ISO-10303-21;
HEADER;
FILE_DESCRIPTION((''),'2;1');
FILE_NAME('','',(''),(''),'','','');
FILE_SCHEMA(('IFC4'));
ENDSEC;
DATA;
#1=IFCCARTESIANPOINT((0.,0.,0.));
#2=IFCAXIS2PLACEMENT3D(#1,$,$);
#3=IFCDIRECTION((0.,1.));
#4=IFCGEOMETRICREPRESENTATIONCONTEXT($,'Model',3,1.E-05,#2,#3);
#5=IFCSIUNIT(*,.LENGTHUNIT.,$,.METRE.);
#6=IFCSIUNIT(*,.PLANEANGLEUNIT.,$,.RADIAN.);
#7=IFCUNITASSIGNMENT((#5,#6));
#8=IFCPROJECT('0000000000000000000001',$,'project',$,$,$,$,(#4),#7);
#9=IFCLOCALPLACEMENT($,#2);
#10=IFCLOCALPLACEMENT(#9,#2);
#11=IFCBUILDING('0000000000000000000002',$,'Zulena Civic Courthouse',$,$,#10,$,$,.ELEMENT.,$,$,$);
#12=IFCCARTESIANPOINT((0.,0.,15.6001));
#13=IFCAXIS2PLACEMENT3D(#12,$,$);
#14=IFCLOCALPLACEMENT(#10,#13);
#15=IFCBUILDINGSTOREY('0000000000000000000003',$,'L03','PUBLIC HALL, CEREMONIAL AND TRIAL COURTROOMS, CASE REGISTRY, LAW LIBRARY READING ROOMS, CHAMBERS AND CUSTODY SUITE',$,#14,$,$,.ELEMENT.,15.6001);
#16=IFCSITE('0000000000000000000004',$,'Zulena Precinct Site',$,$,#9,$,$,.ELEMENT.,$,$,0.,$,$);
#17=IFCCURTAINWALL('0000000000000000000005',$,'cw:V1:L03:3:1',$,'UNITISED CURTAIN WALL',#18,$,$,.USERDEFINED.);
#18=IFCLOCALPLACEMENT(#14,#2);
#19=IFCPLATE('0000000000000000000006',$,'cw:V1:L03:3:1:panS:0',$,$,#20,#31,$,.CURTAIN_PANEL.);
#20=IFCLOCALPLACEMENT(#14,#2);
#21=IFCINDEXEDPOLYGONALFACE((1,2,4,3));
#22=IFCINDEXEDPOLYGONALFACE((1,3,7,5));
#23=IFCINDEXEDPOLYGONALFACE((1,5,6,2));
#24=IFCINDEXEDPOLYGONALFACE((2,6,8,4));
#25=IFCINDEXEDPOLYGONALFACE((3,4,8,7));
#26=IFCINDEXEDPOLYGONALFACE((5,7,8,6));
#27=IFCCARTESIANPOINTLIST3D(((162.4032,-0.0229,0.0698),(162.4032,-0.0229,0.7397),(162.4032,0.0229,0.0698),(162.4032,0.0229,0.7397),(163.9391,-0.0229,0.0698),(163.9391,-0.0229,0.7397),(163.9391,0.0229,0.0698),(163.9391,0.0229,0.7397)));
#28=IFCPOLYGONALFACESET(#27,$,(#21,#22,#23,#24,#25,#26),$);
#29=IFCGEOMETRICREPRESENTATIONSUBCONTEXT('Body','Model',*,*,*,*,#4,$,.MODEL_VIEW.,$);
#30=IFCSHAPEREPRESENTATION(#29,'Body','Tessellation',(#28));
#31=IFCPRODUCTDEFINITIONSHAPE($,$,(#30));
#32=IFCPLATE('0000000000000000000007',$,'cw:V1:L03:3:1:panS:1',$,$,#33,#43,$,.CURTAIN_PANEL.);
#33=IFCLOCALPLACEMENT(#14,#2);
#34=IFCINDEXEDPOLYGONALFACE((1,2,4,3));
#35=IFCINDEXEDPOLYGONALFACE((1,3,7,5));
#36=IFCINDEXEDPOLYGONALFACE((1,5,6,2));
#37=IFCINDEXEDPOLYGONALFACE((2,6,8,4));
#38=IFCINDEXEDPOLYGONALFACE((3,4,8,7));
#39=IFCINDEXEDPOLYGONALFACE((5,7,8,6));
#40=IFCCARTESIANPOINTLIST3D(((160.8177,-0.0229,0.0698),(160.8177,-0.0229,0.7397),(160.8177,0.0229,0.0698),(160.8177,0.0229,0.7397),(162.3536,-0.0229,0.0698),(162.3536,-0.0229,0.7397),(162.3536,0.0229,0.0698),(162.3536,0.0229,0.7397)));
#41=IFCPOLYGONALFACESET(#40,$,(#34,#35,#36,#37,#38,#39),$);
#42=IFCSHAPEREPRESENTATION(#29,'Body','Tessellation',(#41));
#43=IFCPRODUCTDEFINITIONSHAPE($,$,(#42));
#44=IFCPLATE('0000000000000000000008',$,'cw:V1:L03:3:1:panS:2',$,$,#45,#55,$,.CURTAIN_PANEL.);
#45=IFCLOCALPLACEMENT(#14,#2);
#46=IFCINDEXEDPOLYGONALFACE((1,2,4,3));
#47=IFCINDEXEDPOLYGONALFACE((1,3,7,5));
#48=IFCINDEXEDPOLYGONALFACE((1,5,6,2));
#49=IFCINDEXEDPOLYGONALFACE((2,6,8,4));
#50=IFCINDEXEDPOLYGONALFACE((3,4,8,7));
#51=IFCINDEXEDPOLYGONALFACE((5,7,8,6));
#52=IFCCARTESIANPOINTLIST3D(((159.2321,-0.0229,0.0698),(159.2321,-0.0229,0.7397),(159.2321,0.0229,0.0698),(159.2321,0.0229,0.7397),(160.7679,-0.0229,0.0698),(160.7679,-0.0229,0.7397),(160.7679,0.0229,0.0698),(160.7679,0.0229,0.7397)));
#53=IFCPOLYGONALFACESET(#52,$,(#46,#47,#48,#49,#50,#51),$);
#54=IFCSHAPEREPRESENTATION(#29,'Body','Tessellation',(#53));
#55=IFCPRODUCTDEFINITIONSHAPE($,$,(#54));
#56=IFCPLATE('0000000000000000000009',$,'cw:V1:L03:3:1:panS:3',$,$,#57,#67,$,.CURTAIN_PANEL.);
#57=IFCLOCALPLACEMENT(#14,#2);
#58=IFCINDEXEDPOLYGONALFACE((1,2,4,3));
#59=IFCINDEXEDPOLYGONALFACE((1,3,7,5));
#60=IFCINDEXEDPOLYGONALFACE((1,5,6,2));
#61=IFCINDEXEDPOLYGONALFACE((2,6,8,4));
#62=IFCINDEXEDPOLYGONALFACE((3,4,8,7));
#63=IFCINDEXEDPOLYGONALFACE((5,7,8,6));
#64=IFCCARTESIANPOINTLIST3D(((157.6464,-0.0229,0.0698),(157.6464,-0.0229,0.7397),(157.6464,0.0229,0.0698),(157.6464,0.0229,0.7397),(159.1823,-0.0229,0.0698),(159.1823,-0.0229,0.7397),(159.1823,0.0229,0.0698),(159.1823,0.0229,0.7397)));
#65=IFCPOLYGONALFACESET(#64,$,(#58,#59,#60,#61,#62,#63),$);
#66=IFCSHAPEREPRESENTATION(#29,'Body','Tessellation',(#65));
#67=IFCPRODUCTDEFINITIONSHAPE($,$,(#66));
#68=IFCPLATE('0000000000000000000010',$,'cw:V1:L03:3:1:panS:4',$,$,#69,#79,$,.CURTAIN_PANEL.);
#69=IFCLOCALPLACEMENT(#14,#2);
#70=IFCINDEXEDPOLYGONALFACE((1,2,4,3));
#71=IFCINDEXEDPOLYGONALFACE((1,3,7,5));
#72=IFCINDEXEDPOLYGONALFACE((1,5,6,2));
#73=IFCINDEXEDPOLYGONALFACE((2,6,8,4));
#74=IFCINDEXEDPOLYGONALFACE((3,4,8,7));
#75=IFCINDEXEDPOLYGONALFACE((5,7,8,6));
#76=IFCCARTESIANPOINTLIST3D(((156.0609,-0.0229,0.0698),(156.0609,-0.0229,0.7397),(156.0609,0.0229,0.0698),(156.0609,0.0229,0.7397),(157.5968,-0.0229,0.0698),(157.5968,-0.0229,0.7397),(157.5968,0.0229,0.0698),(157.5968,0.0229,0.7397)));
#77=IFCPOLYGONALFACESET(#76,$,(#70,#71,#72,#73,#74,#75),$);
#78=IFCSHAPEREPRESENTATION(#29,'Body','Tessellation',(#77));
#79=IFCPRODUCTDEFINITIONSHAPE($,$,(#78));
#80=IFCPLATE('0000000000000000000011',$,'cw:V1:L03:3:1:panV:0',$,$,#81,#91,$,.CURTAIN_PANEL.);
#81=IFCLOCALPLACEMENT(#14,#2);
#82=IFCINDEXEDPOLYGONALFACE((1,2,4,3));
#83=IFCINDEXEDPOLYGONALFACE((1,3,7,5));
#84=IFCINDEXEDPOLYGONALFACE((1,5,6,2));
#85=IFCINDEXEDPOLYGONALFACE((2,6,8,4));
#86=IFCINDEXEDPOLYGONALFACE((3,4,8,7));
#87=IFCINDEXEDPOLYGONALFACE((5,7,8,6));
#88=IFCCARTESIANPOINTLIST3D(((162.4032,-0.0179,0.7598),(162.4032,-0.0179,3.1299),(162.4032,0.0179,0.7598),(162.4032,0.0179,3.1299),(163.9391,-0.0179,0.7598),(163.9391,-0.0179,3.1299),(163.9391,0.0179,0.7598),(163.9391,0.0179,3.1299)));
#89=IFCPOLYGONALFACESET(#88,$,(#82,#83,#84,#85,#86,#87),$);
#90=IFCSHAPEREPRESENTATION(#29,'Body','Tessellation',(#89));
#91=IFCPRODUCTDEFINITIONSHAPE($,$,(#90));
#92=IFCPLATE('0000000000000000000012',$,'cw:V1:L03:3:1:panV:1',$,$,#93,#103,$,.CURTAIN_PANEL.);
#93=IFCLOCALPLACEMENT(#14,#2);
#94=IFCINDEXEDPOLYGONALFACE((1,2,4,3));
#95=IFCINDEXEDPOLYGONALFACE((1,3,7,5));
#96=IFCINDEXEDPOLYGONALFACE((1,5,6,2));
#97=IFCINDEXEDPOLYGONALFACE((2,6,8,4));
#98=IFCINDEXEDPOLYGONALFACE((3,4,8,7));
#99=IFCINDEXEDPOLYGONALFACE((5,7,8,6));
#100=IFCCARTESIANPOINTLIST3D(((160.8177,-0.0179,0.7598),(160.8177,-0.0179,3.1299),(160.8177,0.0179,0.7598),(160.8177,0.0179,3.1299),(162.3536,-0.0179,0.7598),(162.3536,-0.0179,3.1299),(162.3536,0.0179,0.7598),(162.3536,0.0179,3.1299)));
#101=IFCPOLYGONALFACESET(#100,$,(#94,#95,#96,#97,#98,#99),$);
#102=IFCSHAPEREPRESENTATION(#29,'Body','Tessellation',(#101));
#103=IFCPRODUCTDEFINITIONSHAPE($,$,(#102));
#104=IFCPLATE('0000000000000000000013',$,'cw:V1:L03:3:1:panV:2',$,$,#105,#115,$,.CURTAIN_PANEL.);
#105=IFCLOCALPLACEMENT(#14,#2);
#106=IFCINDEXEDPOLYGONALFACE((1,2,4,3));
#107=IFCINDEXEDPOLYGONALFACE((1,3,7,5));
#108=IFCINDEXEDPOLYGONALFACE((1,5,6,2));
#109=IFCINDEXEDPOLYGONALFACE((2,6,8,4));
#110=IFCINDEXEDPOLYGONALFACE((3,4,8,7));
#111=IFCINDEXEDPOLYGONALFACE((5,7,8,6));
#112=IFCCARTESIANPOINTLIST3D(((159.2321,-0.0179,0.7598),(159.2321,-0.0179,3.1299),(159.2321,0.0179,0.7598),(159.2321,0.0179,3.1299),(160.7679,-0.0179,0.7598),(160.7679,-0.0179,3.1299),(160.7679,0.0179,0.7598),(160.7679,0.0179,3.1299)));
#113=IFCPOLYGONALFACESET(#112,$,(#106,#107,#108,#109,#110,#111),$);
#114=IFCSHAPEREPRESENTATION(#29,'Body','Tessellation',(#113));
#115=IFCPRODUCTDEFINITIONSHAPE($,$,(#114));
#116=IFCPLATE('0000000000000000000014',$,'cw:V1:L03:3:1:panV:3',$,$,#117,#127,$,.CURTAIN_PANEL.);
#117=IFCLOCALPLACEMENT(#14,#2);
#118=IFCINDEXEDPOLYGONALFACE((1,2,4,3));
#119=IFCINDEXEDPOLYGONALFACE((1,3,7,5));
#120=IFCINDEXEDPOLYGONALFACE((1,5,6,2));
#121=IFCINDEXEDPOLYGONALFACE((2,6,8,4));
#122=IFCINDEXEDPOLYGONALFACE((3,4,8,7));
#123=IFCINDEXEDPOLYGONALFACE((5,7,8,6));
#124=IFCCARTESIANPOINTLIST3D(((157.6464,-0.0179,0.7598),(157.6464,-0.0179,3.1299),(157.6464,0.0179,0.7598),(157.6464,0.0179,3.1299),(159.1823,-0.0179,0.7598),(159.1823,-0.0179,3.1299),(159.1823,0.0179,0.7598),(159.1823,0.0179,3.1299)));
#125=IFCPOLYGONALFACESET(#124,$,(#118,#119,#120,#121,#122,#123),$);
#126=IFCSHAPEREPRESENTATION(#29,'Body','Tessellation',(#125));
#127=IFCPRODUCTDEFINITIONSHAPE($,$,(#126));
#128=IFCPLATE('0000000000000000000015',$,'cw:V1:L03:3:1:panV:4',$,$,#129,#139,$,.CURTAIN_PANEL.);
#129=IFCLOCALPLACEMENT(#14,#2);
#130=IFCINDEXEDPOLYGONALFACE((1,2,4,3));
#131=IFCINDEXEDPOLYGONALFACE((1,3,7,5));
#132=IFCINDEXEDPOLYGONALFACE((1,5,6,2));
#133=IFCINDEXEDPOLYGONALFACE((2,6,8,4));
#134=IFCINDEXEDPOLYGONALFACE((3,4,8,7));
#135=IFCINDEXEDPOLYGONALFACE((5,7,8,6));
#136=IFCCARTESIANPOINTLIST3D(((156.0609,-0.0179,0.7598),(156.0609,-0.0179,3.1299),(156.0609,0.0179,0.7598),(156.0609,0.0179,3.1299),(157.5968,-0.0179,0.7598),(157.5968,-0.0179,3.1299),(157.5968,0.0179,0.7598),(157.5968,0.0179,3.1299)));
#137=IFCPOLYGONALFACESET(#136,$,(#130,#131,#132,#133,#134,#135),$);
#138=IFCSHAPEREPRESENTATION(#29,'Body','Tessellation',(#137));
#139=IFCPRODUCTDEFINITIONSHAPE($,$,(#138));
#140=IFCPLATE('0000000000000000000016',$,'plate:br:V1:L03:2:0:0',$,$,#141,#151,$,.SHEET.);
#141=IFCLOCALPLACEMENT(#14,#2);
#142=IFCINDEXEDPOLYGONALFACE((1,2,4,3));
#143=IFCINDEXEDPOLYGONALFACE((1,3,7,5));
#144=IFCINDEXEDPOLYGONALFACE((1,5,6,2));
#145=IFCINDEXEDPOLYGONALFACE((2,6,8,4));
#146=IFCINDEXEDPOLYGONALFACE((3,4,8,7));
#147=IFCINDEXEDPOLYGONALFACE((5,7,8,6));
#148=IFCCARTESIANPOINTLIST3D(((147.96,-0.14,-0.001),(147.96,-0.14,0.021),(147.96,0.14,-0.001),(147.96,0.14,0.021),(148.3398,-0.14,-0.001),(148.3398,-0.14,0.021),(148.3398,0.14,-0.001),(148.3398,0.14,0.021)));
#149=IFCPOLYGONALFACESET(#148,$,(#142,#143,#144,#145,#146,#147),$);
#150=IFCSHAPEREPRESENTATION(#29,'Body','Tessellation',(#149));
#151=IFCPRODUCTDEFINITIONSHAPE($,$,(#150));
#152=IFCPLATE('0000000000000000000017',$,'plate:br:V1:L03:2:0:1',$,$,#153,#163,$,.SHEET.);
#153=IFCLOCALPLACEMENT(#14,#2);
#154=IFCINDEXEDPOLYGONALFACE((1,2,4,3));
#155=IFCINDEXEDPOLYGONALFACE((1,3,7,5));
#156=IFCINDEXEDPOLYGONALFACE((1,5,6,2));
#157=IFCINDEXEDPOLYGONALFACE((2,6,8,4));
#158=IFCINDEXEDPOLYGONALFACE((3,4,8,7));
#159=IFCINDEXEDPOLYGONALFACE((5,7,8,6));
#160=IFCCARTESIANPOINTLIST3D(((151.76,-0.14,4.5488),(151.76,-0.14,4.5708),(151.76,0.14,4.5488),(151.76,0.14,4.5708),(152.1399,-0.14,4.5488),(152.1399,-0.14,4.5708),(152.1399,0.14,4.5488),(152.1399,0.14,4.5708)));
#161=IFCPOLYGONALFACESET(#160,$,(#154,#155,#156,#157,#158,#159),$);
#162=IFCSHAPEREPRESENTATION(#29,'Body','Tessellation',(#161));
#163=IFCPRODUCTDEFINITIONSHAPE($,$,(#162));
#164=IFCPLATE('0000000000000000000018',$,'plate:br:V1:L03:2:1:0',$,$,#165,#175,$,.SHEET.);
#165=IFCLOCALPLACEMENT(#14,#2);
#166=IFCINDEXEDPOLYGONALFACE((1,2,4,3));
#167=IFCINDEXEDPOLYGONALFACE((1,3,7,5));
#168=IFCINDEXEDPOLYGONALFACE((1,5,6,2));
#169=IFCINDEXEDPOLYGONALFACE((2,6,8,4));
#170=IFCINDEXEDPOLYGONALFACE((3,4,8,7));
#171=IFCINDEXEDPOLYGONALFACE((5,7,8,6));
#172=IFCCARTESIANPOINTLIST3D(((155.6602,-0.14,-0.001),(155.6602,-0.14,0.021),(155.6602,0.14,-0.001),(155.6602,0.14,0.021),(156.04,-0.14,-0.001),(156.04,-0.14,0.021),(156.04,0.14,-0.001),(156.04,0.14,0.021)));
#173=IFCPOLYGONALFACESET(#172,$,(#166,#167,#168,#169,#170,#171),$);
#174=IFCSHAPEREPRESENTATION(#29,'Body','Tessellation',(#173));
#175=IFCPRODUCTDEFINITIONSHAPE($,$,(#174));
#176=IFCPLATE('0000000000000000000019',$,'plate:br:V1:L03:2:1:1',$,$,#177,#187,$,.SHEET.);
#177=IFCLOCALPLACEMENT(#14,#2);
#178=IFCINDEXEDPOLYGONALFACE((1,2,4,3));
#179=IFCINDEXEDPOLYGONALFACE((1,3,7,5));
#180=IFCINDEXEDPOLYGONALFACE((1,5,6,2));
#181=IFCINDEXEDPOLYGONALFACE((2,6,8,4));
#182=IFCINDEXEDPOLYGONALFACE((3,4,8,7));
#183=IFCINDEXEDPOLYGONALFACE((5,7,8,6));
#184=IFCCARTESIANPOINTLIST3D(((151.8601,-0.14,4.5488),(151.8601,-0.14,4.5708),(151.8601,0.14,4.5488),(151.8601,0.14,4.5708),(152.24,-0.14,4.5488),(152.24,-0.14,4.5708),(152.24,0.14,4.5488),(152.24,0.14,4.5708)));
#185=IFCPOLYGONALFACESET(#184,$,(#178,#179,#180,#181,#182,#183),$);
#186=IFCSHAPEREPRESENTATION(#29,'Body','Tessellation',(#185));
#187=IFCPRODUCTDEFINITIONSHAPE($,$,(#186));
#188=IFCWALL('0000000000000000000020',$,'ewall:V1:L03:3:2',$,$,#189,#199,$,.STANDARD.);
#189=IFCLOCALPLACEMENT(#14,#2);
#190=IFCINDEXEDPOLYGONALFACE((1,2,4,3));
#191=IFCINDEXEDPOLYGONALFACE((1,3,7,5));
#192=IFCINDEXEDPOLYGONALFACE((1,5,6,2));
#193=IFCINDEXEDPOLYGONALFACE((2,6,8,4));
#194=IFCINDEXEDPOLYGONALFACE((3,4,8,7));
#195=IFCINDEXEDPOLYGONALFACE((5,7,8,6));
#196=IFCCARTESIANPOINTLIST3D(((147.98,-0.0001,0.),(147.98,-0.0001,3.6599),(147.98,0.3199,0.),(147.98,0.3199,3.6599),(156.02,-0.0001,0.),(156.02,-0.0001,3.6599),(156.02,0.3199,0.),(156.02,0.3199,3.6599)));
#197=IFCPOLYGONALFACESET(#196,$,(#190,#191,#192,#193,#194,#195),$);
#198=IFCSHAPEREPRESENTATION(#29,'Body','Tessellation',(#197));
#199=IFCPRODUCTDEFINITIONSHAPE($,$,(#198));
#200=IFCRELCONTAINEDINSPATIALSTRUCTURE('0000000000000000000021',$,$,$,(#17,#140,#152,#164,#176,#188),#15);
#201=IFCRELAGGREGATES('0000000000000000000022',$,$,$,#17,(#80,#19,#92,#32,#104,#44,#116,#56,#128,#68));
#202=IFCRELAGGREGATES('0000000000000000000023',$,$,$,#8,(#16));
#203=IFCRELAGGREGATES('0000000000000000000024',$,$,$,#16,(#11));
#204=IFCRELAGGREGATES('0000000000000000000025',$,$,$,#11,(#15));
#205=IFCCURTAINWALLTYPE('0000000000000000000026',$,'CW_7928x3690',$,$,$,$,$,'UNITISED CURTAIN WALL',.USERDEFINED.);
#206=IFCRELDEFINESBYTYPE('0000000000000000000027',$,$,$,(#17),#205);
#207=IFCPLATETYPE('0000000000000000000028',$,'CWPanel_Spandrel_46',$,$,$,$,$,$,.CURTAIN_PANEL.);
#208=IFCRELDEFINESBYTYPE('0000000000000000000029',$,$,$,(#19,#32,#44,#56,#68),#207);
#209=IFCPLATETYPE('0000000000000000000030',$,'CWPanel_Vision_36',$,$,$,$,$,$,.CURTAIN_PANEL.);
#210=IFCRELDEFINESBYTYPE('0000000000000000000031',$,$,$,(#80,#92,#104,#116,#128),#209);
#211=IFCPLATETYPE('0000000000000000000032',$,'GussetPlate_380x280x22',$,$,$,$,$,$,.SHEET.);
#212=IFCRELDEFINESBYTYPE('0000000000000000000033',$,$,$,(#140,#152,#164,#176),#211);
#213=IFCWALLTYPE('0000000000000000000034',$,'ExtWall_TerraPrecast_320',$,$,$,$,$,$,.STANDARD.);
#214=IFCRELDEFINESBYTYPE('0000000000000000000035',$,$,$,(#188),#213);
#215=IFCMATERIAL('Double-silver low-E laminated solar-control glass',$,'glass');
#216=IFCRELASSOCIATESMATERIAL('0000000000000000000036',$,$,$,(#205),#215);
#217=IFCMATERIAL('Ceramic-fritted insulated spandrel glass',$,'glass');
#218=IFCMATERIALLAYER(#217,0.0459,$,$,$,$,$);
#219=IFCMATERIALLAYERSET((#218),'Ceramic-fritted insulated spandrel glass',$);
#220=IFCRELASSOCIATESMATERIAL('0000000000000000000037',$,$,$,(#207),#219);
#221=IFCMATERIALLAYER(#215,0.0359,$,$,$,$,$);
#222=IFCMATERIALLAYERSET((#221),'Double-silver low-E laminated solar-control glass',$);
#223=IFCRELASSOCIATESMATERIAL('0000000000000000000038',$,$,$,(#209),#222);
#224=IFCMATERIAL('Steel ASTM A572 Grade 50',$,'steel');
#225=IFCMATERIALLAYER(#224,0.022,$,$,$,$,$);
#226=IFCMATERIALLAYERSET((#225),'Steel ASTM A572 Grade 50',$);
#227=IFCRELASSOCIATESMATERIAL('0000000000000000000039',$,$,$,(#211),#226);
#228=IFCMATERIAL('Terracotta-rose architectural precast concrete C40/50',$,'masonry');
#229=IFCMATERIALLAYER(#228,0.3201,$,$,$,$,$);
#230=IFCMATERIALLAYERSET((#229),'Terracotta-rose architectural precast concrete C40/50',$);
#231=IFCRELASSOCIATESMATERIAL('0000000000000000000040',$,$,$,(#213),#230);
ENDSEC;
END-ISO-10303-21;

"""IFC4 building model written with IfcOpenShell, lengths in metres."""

from ifc_helpers import new_model, si_unit, direction, frame, frame_2d, origin, origin_2d, place, context, subcontext, project, spatial, rectangle, extrude, material, layer, layer_set, type_object, element, aggregate, save


model = new_model("IFC4")

# Units and contexts
model_context = context("Model", 3, precision=1e-05, world=origin(), true_north=direction((0.0, 1.0)))
body_context = subcontext(model_context, "Body", "Model", "MODEL_VIEW")
ifc_project = project(units=[si_unit("LENGTHUNIT", "METRE"), si_unit("PLANEANGLEUNIT", "RADIAN")], contexts=[model_context])

# Site, building, storey
site_placement = place(None, origin())
site = spatial("IfcSite", under=ifc_project, at=site_placement, Name="Zulena Precinct Site", CompositionType="ELEMENT", RefElevation=0.0)
building_placement = place(site_placement, origin())
building = spatial("IfcBuilding", under=site, at=building_placement, Name="Zulena Civic Courthouse", CompositionType="ELEMENT")
storey_placement = place(building_placement, frame((0.0, 0.0, 15.6001)))
storey = spatial("IfcBuildingStorey", under=building, at=storey_placement, Name="L03", Description="PUBLIC HALL, CEREMONIAL AND TRIAL COURTROOMS, CASE REGISTRY, LAW LIBRARY READING ROOMS, CHAMBERS AND CUSTODY SUITE", CompositionType="ELEMENT", Elevation=15.6001)

# Curtain wall
ifc_material_1 = material(Name="Double-silver low-E laminated solar-control glass", Category="glass")
curtain_wall_type = type_object("IfcCurtainWallType", Name="CW_7928x3690", ElementType="UNITISED CURTAIN WALL", PredefinedType="USERDEFINED", material=ifc_material_1)
curtain_wall_placement = place(storey_placement, origin())
curtain_wall = element("IfcCurtainWall", 1, at=curtain_wall_placement, inside=storey, type_object=curtain_wall_type, Name="cw:V1:L03:3:1", ObjectType="UNITISED CURTAIN WALL", PredefinedType="USERDEFINED")

# Plates
ifc_material_2 = material(Name="Ceramic-fritted insulated spandrel glass", Category="glass")
ifc_layer_1 = layer(ifc_material_2, 0.0459)
ifc_layer_set_1 = layer_set([ifc_layer_1], Name="Ceramic-fritted insulated spandrel glass")
plate_type_1 = type_object("IfcPlateType", Name="CWPanel_Spandrel_46", PredefinedType="CURTAIN_PANEL", material=ifc_layer_set_1)
plate_1_placement = place(storey_placement, frame((163.1711, 0.0, 0.0698), z_axis=(0.0, 0.0, 1.0), x_axis=(-1.0, 0.0, 0.0)))
plate_1 = element("IfcPlate", 2, at=plate_1_placement, type_object=plate_type_1, Name="cw:V1:L03:3:1:panS:0", PredefinedType="CURTAIN_PANEL", context=body_context, shape_type="SweptSolid", body=[
    extrude(rectangle(XDim=1.5359, YDim=0.0459, at=origin_2d()), origin(), (0.0, 0.0, 1.0), 0.6699),
])
plate_2_placement = place(storey_placement, frame((161.5857, 0.0, 0.0698), z_axis=(0.0, 0.0, 1.0), x_axis=(-1.0, 0.0, 0.0)))
plate_2 = element("IfcPlate", 3, at=plate_2_placement, type_object=plate_type_1, Name="cw:V1:L03:3:1:panS:1", PredefinedType="CURTAIN_PANEL", context=body_context, shape_type="SweptSolid", body=[
    extrude(rectangle(XDim=1.5359, YDim=0.0459, at=origin_2d()), origin(), (0.0, 0.0, 1.0), 0.6699),
])
plate_3_placement = place(storey_placement, frame((160.0, 0.0, 0.0698), z_axis=(0.0, 0.0, 1.0), x_axis=(-1.0, 0.0, 0.0)))
plate_3 = element("IfcPlate", 4, at=plate_3_placement, type_object=plate_type_1, Name="cw:V1:L03:3:1:panS:2", PredefinedType="CURTAIN_PANEL", context=body_context, shape_type="SweptSolid", body=[
    extrude(rectangle(XDim=1.5359, YDim=0.0459, at=origin_2d()), origin(), (0.0, 0.0, 1.0), 0.6699),
])
plate_4_placement = place(storey_placement, frame((158.4143, 0.0, 0.0698), z_axis=(0.0, 0.0, 1.0), x_axis=(-1.0, 0.0, 0.0)))
plate_4 = element("IfcPlate", 5, at=plate_4_placement, type_object=plate_type_1, Name="cw:V1:L03:3:1:panS:3", PredefinedType="CURTAIN_PANEL", context=body_context, shape_type="SweptSolid", body=[
    extrude(rectangle(XDim=1.5359, YDim=0.0459, at=origin_2d()), origin(), (0.0, 0.0, 1.0), 0.6699),
])
plate_5_placement = place(storey_placement, frame((156.8289, 0.0, 0.0698), z_axis=(0.0, 0.0, 1.0), x_axis=(-1.0, 0.0, 0.0)))
plate_5 = element("IfcPlate", 6, at=plate_5_placement, type_object=plate_type_1, Name="cw:V1:L03:3:1:panS:4", PredefinedType="CURTAIN_PANEL", context=body_context, shape_type="SweptSolid", body=[
    extrude(rectangle(XDim=1.5359, YDim=0.0459, at=origin_2d()), origin(), (0.0, 0.0, 1.0), 0.6699),
])
ifc_layer_2 = layer(ifc_material_1, 0.0359)
ifc_layer_set_2 = layer_set([ifc_layer_2], Name="Double-silver low-E laminated solar-control glass")
plate_type_2 = type_object("IfcPlateType", Name="CWPanel_Vision_36", PredefinedType="CURTAIN_PANEL", material=ifc_layer_set_2)
plate_6_placement = place(storey_placement, frame((163.1711, 0.0, 0.7598), z_axis=(0.0, 0.0, 1.0), x_axis=(-1.0, 0.0, 0.0)))
plate_6 = element("IfcPlate", 7, at=plate_6_placement, type_object=plate_type_2, Name="cw:V1:L03:3:1:panV:0", PredefinedType="CURTAIN_PANEL", context=body_context, shape_type="SweptSolid", body=[
    extrude(rectangle(XDim=1.5359, YDim=0.0359, at=origin_2d()), origin(), (0.0, 0.0, 1.0), 2.3701),
])
plate_7_placement = place(storey_placement, frame((161.5857, 0.0, 0.7598), z_axis=(0.0, 0.0, 1.0), x_axis=(-1.0, 0.0, 0.0)))
plate_7 = element("IfcPlate", 8, at=plate_7_placement, type_object=plate_type_2, Name="cw:V1:L03:3:1:panV:1", PredefinedType="CURTAIN_PANEL", context=body_context, shape_type="SweptSolid", body=[
    extrude(rectangle(XDim=1.5359, YDim=0.0359, at=origin_2d()), origin(), (0.0, 0.0, 1.0), 2.3701),
])
plate_8_placement = place(storey_placement, frame((160.0, 0.0, 0.7598), z_axis=(0.0, 0.0, 1.0), x_axis=(-1.0, 0.0, 0.0)))
plate_8 = element("IfcPlate", 9, at=plate_8_placement, type_object=plate_type_2, Name="cw:V1:L03:3:1:panV:2", PredefinedType="CURTAIN_PANEL", context=body_context, shape_type="SweptSolid", body=[
    extrude(rectangle(XDim=1.5359, YDim=0.0359, at=origin_2d()), origin(), (0.0, 0.0, 1.0), 2.3701),
])
plate_9_placement = place(storey_placement, frame((158.4143, 0.0, 0.7598), z_axis=(0.0, 0.0, 1.0), x_axis=(-1.0, 0.0, 0.0)))
plate_9 = element("IfcPlate", 10, at=plate_9_placement, type_object=plate_type_2, Name="cw:V1:L03:3:1:panV:3", PredefinedType="CURTAIN_PANEL", context=body_context, shape_type="SweptSolid", body=[
    extrude(rectangle(XDim=1.5359, YDim=0.0359, at=origin_2d()), origin(), (0.0, 0.0, 1.0), 2.3701),
])
plate_10_placement = place(storey_placement, frame((156.8289, 0.0, 0.7598), z_axis=(0.0, 0.0, 1.0), x_axis=(-1.0, 0.0, 0.0)))
plate_10 = element("IfcPlate", 11, at=plate_10_placement, type_object=plate_type_2, Name="cw:V1:L03:3:1:panV:4", PredefinedType="CURTAIN_PANEL", context=body_context, shape_type="SweptSolid", body=[
    extrude(rectangle(XDim=1.5359, YDim=0.0359, at=origin_2d()), origin(), (0.0, 0.0, 1.0), 2.3701),
])
aggregate(curtain_wall, [plate_6, plate_1, plate_7, plate_2, plate_8, plate_3, plate_9, plate_4, plate_10, plate_5])

# Plates
ifc_material_3 = material(Name="Steel ASTM A572 Grade 50", Category="steel")
ifc_layer_3 = layer(ifc_material_3, 0.022)
ifc_layer_set_3 = layer_set([ifc_layer_3], Name="Steel ASTM A572 Grade 50")
plate_type_3 = type_object("IfcPlateType", Name="GussetPlate_380x280x22", PredefinedType="SHEET", material=ifc_layer_set_3)
for number, where, z_axis, x_axis, name in (
    (12, (148.1499, 0.0, -0.001), (0.0, 0.0, 1.0), (1.0, 0.0, 0.0), "plate:br:V1:L03:2:0:0"),
    (13, (151.95, 0.0, 4.5488), (0.0, 0.0, 1.0), (1.0, 0.0, 0.0), "plate:br:V1:L03:2:0:1"),
    (14, (155.8501, 0.0, -0.001), (0.0, 0.0, 1.0), (1.0, 0.0, 0.0), "plate:br:V1:L03:2:1:0"),
    (15, (152.05, 0.0, 4.5488), (0.0, 0.0, 1.0), (1.0, 0.0, 0.0), "plate:br:V1:L03:2:1:1"),
):
    element("IfcPlate", number, at=place(storey_placement, frame(where, z_axis=z_axis, x_axis=x_axis)), inside=storey, type_object=plate_type_3, Name=name, PredefinedType="SHEET", context=body_context, shape_type="SweptSolid", body=[
        extrude(rectangle(XDim=0.3799, YDim=0.28, at=origin_2d()), origin(), (0.0, 0.0, 1.0), 0.022),
    ])

# Wall
ifc_material_4 = material(Name="Terracotta-rose architectural precast concrete C40/50", Category="masonry")
ifc_layer_4 = layer(ifc_material_4, 0.3201)
ifc_layer_set_4 = layer_set([ifc_layer_4], Name="Terracotta-rose architectural precast concrete C40/50")
wall_type = type_object("IfcWallType", Name="ExtWall_TerraPrecast_320", PredefinedType="STANDARD", material=ifc_layer_set_4)
wall_placement = place(storey_placement, frame((156.02, 0.1599, 0.0), z_axis=(0.0, 0.0, 1.0), x_axis=(-1.0, 0.0, 0.0)))
element("IfcWall", 16, at=wall_placement, inside=storey, type_object=wall_type, Name="ewall:V1:L03:3:2", PredefinedType="STANDARD", context=body_context, shape_type="SweptSolid", body=[
    extrude(rectangle(XDim=8.04, YDim=0.3201, at=frame_2d((4.02, 0.0))), origin(), (0.0, 0.0, 1.0), 3.6599),
])

save(model, "model.ifc")
